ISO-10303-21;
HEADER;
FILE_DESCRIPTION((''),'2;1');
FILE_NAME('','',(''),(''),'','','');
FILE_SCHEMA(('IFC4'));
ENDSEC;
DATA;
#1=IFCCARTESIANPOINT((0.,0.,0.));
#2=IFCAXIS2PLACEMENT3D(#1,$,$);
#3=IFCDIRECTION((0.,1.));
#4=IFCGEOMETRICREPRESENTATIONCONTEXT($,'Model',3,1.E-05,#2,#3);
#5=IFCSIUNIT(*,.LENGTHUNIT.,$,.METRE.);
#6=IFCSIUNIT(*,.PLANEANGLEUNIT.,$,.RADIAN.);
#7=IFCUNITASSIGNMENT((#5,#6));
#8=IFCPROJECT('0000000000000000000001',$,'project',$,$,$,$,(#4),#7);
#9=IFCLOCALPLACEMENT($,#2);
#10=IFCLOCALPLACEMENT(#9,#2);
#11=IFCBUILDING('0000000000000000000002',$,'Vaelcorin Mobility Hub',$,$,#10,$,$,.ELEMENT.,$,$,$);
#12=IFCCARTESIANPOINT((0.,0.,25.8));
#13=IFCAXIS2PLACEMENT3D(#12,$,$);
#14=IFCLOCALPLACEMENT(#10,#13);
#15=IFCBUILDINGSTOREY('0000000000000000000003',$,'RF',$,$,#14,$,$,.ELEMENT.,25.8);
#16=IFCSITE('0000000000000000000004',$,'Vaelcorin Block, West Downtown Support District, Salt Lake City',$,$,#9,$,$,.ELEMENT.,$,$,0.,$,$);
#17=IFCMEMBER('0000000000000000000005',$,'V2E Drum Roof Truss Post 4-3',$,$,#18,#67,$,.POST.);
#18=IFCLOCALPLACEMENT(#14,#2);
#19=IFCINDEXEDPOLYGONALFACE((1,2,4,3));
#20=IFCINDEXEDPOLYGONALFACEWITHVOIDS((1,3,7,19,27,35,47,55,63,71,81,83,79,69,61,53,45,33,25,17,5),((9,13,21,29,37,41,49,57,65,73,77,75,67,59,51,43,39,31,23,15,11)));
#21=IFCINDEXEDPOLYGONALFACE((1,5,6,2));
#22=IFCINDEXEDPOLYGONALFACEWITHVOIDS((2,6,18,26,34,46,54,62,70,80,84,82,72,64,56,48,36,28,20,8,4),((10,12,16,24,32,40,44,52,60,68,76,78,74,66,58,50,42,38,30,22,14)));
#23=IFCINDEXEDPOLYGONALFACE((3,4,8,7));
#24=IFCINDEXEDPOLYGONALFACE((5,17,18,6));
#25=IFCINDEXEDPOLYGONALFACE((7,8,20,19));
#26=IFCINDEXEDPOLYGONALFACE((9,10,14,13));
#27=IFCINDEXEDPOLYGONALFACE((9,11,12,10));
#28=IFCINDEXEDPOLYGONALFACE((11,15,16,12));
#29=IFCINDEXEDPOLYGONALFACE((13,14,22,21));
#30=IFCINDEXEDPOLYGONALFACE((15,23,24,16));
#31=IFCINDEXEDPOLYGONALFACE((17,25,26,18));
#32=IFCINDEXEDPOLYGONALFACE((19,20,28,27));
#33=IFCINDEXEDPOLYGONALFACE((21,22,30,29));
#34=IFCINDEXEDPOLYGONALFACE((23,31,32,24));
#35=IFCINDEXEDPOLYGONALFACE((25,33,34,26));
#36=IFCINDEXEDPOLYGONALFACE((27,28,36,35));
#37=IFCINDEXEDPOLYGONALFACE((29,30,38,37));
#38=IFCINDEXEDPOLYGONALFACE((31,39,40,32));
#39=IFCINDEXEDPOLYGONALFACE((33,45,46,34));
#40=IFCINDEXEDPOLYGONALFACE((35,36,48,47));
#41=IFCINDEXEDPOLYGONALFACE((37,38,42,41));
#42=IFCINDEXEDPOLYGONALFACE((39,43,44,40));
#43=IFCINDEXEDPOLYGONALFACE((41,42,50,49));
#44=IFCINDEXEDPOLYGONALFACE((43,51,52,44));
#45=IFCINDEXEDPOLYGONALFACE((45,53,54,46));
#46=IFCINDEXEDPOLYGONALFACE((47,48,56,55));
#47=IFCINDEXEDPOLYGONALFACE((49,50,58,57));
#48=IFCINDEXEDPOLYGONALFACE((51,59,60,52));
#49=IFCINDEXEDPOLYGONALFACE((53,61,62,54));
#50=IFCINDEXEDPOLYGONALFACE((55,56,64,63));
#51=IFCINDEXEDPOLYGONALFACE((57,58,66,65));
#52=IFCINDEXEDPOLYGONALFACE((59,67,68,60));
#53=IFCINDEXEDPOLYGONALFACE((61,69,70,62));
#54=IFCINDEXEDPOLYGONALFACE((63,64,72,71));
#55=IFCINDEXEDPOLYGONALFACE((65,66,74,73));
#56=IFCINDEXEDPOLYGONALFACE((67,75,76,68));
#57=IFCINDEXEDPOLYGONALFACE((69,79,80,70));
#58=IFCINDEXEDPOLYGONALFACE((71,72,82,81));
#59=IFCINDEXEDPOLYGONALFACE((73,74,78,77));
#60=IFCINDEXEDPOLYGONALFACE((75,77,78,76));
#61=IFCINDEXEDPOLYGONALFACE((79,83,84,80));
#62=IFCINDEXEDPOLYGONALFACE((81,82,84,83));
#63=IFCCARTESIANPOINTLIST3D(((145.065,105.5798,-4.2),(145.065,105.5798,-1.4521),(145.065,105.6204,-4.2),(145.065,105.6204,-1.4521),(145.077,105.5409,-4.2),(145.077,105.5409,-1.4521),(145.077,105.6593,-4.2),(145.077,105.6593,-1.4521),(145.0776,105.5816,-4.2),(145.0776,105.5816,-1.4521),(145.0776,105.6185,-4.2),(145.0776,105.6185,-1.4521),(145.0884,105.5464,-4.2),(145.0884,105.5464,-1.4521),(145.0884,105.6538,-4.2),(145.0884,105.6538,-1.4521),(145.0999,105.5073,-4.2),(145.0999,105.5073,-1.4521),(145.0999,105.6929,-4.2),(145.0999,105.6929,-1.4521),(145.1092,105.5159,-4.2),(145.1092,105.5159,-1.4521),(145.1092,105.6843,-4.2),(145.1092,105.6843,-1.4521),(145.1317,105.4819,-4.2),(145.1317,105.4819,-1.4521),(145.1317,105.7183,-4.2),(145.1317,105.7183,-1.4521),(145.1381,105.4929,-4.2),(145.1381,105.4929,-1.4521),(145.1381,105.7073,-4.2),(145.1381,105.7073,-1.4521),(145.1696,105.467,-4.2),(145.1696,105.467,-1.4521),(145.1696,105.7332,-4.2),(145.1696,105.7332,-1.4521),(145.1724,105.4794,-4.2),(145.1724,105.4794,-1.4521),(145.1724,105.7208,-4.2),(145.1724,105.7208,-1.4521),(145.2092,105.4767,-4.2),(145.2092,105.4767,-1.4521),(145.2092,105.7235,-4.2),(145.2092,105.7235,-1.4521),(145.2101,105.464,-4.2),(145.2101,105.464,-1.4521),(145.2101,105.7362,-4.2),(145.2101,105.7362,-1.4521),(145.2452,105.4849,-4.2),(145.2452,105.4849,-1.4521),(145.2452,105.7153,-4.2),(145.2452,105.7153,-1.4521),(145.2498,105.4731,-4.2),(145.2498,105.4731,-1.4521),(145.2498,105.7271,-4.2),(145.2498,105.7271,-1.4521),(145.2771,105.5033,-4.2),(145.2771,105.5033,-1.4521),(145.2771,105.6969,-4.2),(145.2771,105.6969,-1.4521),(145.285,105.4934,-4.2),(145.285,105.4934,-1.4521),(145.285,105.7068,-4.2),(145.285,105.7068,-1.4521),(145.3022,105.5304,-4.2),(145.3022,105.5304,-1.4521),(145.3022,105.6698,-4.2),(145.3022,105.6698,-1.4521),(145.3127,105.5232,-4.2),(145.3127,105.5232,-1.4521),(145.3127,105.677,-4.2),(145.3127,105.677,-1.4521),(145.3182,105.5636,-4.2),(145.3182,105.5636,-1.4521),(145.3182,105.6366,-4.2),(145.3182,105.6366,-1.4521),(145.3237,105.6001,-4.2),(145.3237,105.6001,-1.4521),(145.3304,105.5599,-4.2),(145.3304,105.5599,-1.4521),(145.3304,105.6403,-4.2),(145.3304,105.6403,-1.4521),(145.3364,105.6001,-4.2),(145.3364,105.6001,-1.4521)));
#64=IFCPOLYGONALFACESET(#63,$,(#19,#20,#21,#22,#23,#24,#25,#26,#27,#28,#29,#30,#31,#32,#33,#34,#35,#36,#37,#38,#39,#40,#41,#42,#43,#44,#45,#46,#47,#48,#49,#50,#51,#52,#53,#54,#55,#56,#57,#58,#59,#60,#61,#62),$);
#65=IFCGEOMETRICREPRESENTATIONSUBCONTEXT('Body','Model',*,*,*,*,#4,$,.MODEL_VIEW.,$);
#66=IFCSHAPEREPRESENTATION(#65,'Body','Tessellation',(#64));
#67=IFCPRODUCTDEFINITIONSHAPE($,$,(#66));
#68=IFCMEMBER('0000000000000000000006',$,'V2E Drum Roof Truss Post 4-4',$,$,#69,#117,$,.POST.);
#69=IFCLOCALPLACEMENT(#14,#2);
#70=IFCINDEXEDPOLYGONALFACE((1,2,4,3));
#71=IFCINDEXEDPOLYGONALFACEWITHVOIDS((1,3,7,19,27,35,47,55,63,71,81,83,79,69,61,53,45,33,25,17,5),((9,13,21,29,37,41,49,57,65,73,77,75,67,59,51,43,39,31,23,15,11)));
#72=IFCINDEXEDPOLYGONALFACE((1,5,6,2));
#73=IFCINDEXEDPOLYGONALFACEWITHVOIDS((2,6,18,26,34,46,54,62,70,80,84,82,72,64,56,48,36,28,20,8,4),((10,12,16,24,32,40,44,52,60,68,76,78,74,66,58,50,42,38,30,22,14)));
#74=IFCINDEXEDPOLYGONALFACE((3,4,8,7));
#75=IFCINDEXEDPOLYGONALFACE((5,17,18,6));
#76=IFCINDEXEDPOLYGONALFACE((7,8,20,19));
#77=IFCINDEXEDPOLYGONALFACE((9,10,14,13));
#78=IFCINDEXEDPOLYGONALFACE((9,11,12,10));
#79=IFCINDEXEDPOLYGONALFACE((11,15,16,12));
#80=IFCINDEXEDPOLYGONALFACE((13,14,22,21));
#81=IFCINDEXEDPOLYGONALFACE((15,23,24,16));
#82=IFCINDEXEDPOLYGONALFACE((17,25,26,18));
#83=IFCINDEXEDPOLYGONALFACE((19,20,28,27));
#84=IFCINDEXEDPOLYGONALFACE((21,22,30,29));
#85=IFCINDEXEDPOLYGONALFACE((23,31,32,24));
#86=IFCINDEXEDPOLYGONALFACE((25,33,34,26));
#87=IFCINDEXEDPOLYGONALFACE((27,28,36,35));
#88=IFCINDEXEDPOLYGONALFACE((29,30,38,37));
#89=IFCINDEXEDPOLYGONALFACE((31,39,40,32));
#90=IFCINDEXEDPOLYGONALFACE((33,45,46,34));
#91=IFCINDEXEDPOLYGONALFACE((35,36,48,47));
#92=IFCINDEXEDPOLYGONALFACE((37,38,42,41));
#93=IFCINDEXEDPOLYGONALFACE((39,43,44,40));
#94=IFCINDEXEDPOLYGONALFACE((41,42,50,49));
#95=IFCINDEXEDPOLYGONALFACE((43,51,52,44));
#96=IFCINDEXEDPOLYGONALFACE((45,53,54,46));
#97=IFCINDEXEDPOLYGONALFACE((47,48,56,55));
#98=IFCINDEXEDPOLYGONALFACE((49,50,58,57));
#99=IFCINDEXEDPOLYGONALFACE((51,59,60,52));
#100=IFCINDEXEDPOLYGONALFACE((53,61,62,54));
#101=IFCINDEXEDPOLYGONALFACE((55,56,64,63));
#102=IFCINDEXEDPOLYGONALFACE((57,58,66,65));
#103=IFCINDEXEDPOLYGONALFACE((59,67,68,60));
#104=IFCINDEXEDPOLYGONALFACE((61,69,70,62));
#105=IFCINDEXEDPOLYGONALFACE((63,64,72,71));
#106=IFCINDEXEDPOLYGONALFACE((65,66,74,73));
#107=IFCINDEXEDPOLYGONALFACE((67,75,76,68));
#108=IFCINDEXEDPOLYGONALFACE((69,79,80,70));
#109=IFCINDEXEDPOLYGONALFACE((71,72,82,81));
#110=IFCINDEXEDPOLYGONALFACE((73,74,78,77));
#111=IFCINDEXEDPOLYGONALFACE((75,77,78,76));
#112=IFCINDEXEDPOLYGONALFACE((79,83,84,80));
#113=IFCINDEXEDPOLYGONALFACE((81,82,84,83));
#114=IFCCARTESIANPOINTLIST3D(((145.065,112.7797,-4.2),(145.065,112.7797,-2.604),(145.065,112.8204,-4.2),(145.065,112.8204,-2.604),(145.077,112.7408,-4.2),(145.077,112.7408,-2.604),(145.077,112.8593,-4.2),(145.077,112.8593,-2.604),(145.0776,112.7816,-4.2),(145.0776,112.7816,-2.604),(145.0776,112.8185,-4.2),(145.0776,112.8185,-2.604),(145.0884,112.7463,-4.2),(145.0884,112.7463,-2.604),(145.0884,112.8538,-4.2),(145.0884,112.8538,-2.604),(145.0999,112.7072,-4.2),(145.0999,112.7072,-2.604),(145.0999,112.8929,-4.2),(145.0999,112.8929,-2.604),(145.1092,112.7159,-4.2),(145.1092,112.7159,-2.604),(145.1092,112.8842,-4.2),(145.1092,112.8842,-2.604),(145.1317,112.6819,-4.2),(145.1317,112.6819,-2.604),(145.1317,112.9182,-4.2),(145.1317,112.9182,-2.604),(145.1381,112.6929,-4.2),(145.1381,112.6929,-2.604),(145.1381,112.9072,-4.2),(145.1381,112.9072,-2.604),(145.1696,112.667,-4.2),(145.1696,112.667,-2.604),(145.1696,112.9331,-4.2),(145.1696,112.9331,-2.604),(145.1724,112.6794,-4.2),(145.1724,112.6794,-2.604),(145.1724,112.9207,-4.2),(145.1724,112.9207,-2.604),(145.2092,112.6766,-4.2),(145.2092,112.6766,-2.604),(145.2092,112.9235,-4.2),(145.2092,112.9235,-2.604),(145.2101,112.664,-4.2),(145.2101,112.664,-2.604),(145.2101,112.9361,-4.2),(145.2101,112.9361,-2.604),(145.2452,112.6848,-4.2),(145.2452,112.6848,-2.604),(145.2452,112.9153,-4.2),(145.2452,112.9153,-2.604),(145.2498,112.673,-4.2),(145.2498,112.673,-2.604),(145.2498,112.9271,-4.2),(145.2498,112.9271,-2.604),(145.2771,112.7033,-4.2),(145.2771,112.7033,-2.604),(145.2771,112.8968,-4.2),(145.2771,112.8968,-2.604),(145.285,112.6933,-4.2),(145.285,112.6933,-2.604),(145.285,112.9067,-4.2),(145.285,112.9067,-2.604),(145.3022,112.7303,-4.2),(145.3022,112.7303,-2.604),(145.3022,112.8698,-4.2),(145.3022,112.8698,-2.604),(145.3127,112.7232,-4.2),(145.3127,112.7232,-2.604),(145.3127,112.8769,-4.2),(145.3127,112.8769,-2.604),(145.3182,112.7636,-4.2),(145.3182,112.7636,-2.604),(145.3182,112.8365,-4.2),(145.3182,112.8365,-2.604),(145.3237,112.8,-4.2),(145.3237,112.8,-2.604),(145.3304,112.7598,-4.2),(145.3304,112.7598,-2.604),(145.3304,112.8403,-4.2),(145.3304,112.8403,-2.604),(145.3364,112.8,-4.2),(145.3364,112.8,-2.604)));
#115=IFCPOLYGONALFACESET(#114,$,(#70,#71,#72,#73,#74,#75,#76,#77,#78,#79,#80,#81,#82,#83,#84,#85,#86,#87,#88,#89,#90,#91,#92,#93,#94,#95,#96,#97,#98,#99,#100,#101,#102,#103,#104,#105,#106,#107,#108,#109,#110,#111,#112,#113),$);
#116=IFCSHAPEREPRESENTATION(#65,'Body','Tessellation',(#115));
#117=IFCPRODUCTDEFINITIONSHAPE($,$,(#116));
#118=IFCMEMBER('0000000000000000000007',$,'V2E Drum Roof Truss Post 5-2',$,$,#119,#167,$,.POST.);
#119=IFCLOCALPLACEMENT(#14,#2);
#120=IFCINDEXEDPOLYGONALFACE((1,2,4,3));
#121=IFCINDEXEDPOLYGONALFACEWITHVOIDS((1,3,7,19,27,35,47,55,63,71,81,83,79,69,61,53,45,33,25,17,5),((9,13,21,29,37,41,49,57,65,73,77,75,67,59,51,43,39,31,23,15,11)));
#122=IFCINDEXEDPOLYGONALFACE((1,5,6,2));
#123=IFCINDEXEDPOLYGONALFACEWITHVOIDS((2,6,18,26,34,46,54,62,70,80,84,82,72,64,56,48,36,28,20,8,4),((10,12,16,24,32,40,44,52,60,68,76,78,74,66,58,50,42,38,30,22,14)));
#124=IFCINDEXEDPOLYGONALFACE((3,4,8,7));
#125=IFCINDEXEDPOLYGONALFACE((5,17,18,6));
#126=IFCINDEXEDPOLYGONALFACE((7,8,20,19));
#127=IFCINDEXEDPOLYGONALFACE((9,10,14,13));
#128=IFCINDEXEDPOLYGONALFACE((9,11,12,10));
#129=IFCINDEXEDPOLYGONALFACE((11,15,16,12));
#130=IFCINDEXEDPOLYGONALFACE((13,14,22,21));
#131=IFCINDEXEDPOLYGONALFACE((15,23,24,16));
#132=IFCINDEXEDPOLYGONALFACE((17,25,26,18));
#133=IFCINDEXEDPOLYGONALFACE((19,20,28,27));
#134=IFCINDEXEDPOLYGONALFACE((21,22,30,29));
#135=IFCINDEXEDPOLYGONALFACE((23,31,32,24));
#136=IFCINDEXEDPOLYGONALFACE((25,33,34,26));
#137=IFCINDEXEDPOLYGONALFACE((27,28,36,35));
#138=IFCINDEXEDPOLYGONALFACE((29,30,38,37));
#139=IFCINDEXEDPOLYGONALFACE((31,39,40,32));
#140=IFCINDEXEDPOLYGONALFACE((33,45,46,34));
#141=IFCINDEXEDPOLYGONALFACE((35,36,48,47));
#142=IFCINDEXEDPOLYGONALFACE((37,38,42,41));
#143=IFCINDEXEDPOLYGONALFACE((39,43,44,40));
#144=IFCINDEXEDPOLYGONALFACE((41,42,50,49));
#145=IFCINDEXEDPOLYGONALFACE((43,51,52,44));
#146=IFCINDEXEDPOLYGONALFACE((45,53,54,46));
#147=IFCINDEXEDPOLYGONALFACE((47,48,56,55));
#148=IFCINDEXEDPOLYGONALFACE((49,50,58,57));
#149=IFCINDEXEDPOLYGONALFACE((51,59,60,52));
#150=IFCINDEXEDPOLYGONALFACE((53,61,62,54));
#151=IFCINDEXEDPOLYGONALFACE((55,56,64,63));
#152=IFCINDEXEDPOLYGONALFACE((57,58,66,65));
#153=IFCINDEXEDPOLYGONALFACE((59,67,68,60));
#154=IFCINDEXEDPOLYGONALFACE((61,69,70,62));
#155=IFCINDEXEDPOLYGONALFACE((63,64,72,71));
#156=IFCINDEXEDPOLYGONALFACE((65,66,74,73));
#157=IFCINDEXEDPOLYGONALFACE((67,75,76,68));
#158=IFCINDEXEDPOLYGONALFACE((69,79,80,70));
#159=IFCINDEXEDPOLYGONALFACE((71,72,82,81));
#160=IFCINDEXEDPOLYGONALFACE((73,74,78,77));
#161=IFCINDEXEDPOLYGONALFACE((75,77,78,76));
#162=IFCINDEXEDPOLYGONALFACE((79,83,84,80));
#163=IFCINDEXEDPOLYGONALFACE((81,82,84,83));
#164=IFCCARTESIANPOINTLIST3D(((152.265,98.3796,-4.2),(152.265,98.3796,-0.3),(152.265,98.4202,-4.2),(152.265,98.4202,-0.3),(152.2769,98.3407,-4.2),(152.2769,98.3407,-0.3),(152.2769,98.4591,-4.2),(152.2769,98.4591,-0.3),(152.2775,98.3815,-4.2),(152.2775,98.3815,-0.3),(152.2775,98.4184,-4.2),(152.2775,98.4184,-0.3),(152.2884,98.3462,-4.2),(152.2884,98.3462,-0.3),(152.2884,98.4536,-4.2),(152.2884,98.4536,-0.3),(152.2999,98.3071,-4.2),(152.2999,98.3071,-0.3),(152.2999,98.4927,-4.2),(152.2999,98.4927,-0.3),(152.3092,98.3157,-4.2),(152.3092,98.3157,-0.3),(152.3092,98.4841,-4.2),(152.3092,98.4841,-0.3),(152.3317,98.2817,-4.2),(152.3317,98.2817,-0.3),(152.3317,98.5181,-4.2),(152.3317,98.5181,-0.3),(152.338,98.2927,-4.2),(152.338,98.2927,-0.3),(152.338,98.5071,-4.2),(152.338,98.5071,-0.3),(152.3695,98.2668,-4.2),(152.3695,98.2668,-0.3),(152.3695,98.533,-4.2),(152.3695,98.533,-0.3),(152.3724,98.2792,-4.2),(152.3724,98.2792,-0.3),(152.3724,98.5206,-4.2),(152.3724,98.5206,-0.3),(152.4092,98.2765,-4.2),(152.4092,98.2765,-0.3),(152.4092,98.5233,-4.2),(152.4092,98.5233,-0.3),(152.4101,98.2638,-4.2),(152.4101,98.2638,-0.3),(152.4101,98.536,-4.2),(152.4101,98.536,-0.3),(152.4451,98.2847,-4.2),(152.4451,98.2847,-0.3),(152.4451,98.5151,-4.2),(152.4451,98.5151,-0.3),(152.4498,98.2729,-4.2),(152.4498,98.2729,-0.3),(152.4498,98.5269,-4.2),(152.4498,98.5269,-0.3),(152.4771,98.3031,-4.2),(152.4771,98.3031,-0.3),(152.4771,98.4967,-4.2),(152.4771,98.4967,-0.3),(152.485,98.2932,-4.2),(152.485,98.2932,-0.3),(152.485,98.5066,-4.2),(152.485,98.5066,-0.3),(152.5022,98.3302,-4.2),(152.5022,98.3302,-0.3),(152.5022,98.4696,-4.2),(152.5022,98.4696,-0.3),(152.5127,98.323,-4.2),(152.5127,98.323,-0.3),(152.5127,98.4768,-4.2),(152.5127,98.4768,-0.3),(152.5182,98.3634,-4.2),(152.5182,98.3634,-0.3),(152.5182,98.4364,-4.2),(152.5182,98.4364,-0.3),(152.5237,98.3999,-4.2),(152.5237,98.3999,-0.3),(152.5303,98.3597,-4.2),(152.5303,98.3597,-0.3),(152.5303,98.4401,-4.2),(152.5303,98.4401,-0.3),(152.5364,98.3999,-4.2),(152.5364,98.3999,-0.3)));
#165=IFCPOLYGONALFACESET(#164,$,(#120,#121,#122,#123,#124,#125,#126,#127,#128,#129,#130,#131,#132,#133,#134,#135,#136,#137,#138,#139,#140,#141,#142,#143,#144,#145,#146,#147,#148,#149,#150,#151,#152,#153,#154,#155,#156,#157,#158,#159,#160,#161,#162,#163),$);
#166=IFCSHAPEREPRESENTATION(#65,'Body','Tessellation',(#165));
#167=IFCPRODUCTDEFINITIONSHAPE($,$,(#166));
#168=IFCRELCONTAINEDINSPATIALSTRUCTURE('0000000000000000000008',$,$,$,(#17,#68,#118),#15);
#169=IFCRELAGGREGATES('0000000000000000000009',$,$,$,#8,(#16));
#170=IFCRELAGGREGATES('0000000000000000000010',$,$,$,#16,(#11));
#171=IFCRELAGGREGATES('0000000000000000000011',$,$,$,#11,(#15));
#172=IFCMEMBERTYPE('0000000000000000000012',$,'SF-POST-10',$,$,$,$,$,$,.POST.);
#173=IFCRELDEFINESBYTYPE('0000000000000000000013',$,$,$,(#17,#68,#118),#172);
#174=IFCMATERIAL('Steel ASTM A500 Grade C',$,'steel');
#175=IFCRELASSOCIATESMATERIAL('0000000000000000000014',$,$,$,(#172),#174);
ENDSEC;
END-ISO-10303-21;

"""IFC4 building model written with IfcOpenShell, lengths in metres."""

from ifc_helpers import new_model, si_unit, direction, frame, origin, origin_2d, place, context, subcontext, project, spatial, hollow_circle, extrude, material, material_profile, profile_set, type_object, element, save


model = new_model("IFC4")

# Units and contexts
model_context = context("Model", 3, precision=1e-05, world=origin(), true_north=direction((0.0, 1.0)))
body_context = subcontext(model_context, "Body", "Model", "MODEL_VIEW")
ifc_project = project(units=[si_unit("LENGTHUNIT", "METRE"), si_unit("PLANEANGLEUNIT", "RADIAN")], contexts=[model_context])

# Site, building, storey
site_placement = place(None, origin())
site = spatial("IfcSite", under=ifc_project, at=site_placement, Name="Vaelcorin Block, West Downtown Support District, Salt Lake City", CompositionType="ELEMENT", RefElevation=0.0)
building_placement = place(site_placement, origin())
building = spatial("IfcBuilding", under=site, at=building_placement, Name="Vaelcorin Mobility Hub", CompositionType="ELEMENT")
storey_placement = place(building_placement, frame((0.0, 0.0, 25.8)))
storey = spatial("IfcBuildingStorey", under=building, at=storey_placement, Name="RF", CompositionType="ELEMENT", Elevation=25.8)

# Members
ifc_material_1 = material(Name="Steel ASTM A500 Grade C", Category="steel")
ifc_material_profile_1 = material_profile(ifc_material_1, hollow_circle(Radius=0.1365, WallThickness=0.0127, at=origin_2d()), Name="HSS10.750X0.500")
ifc_profile_set_1 = profile_set([ifc_material_profile_1], Name="Steel ASTM A500 Grade C")
member_type_1 = type_object("IfcMemberType", Name="SF-POST-10", PredefinedType="POST", material=ifc_profile_set_1)
member_1_placement = place(storey_placement, frame((145.2, 105.6001, -4.2), z_axis=(0.0, 0.0, 1.0), x_axis=(1.0, 0.0, 0.0)))
element("IfcMember", 1, at=member_1_placement, inside=storey, type_object=member_type_1, Name="V2E Drum Roof Truss Post 4-3", PredefinedType="POST", context=body_context, shape_type="SweptSolid", body=[
    extrude(hollow_circle(Radius=0.1365, WallThickness=0.0127, at=origin_2d()), origin(), (0.0, 0.0, 1.0), 2.7478),
])
member_2_placement = place(storey_placement, frame((145.2, 112.8, -4.2), z_axis=(0.0, 0.0, 1.0), x_axis=(1.0, 0.0, 0.0)))
element("IfcMember", 2, at=member_2_placement, inside=storey, type_object=member_type_1, Name="V2E Drum Roof Truss Post 4-4", PredefinedType="POST", context=body_context, shape_type="SweptSolid", body=[
    extrude(hollow_circle(Radius=0.1365, WallThickness=0.0127, at=origin_2d()), origin(), (0.0, 0.0, 1.0), 1.5959),
])
member_3_placement = place(storey_placement, frame((152.3999, 98.3999, -4.2), z_axis=(0.0, 0.0, 1.0), x_axis=(1.0, 0.0, 0.0)))
element("IfcMember", 3, at=member_3_placement, inside=storey, type_object=member_type_1, Name="V2E Drum Roof Truss Post 5-2", PredefinedType="POST", context=body_context, shape_type="SweptSolid", body=[
    extrude(hollow_circle(Radius=0.1365, WallThickness=0.0127, at=origin_2d()), origin(), (0.0, 0.0, 1.0), 3.8999),
])

save(model, "model.ifc")
